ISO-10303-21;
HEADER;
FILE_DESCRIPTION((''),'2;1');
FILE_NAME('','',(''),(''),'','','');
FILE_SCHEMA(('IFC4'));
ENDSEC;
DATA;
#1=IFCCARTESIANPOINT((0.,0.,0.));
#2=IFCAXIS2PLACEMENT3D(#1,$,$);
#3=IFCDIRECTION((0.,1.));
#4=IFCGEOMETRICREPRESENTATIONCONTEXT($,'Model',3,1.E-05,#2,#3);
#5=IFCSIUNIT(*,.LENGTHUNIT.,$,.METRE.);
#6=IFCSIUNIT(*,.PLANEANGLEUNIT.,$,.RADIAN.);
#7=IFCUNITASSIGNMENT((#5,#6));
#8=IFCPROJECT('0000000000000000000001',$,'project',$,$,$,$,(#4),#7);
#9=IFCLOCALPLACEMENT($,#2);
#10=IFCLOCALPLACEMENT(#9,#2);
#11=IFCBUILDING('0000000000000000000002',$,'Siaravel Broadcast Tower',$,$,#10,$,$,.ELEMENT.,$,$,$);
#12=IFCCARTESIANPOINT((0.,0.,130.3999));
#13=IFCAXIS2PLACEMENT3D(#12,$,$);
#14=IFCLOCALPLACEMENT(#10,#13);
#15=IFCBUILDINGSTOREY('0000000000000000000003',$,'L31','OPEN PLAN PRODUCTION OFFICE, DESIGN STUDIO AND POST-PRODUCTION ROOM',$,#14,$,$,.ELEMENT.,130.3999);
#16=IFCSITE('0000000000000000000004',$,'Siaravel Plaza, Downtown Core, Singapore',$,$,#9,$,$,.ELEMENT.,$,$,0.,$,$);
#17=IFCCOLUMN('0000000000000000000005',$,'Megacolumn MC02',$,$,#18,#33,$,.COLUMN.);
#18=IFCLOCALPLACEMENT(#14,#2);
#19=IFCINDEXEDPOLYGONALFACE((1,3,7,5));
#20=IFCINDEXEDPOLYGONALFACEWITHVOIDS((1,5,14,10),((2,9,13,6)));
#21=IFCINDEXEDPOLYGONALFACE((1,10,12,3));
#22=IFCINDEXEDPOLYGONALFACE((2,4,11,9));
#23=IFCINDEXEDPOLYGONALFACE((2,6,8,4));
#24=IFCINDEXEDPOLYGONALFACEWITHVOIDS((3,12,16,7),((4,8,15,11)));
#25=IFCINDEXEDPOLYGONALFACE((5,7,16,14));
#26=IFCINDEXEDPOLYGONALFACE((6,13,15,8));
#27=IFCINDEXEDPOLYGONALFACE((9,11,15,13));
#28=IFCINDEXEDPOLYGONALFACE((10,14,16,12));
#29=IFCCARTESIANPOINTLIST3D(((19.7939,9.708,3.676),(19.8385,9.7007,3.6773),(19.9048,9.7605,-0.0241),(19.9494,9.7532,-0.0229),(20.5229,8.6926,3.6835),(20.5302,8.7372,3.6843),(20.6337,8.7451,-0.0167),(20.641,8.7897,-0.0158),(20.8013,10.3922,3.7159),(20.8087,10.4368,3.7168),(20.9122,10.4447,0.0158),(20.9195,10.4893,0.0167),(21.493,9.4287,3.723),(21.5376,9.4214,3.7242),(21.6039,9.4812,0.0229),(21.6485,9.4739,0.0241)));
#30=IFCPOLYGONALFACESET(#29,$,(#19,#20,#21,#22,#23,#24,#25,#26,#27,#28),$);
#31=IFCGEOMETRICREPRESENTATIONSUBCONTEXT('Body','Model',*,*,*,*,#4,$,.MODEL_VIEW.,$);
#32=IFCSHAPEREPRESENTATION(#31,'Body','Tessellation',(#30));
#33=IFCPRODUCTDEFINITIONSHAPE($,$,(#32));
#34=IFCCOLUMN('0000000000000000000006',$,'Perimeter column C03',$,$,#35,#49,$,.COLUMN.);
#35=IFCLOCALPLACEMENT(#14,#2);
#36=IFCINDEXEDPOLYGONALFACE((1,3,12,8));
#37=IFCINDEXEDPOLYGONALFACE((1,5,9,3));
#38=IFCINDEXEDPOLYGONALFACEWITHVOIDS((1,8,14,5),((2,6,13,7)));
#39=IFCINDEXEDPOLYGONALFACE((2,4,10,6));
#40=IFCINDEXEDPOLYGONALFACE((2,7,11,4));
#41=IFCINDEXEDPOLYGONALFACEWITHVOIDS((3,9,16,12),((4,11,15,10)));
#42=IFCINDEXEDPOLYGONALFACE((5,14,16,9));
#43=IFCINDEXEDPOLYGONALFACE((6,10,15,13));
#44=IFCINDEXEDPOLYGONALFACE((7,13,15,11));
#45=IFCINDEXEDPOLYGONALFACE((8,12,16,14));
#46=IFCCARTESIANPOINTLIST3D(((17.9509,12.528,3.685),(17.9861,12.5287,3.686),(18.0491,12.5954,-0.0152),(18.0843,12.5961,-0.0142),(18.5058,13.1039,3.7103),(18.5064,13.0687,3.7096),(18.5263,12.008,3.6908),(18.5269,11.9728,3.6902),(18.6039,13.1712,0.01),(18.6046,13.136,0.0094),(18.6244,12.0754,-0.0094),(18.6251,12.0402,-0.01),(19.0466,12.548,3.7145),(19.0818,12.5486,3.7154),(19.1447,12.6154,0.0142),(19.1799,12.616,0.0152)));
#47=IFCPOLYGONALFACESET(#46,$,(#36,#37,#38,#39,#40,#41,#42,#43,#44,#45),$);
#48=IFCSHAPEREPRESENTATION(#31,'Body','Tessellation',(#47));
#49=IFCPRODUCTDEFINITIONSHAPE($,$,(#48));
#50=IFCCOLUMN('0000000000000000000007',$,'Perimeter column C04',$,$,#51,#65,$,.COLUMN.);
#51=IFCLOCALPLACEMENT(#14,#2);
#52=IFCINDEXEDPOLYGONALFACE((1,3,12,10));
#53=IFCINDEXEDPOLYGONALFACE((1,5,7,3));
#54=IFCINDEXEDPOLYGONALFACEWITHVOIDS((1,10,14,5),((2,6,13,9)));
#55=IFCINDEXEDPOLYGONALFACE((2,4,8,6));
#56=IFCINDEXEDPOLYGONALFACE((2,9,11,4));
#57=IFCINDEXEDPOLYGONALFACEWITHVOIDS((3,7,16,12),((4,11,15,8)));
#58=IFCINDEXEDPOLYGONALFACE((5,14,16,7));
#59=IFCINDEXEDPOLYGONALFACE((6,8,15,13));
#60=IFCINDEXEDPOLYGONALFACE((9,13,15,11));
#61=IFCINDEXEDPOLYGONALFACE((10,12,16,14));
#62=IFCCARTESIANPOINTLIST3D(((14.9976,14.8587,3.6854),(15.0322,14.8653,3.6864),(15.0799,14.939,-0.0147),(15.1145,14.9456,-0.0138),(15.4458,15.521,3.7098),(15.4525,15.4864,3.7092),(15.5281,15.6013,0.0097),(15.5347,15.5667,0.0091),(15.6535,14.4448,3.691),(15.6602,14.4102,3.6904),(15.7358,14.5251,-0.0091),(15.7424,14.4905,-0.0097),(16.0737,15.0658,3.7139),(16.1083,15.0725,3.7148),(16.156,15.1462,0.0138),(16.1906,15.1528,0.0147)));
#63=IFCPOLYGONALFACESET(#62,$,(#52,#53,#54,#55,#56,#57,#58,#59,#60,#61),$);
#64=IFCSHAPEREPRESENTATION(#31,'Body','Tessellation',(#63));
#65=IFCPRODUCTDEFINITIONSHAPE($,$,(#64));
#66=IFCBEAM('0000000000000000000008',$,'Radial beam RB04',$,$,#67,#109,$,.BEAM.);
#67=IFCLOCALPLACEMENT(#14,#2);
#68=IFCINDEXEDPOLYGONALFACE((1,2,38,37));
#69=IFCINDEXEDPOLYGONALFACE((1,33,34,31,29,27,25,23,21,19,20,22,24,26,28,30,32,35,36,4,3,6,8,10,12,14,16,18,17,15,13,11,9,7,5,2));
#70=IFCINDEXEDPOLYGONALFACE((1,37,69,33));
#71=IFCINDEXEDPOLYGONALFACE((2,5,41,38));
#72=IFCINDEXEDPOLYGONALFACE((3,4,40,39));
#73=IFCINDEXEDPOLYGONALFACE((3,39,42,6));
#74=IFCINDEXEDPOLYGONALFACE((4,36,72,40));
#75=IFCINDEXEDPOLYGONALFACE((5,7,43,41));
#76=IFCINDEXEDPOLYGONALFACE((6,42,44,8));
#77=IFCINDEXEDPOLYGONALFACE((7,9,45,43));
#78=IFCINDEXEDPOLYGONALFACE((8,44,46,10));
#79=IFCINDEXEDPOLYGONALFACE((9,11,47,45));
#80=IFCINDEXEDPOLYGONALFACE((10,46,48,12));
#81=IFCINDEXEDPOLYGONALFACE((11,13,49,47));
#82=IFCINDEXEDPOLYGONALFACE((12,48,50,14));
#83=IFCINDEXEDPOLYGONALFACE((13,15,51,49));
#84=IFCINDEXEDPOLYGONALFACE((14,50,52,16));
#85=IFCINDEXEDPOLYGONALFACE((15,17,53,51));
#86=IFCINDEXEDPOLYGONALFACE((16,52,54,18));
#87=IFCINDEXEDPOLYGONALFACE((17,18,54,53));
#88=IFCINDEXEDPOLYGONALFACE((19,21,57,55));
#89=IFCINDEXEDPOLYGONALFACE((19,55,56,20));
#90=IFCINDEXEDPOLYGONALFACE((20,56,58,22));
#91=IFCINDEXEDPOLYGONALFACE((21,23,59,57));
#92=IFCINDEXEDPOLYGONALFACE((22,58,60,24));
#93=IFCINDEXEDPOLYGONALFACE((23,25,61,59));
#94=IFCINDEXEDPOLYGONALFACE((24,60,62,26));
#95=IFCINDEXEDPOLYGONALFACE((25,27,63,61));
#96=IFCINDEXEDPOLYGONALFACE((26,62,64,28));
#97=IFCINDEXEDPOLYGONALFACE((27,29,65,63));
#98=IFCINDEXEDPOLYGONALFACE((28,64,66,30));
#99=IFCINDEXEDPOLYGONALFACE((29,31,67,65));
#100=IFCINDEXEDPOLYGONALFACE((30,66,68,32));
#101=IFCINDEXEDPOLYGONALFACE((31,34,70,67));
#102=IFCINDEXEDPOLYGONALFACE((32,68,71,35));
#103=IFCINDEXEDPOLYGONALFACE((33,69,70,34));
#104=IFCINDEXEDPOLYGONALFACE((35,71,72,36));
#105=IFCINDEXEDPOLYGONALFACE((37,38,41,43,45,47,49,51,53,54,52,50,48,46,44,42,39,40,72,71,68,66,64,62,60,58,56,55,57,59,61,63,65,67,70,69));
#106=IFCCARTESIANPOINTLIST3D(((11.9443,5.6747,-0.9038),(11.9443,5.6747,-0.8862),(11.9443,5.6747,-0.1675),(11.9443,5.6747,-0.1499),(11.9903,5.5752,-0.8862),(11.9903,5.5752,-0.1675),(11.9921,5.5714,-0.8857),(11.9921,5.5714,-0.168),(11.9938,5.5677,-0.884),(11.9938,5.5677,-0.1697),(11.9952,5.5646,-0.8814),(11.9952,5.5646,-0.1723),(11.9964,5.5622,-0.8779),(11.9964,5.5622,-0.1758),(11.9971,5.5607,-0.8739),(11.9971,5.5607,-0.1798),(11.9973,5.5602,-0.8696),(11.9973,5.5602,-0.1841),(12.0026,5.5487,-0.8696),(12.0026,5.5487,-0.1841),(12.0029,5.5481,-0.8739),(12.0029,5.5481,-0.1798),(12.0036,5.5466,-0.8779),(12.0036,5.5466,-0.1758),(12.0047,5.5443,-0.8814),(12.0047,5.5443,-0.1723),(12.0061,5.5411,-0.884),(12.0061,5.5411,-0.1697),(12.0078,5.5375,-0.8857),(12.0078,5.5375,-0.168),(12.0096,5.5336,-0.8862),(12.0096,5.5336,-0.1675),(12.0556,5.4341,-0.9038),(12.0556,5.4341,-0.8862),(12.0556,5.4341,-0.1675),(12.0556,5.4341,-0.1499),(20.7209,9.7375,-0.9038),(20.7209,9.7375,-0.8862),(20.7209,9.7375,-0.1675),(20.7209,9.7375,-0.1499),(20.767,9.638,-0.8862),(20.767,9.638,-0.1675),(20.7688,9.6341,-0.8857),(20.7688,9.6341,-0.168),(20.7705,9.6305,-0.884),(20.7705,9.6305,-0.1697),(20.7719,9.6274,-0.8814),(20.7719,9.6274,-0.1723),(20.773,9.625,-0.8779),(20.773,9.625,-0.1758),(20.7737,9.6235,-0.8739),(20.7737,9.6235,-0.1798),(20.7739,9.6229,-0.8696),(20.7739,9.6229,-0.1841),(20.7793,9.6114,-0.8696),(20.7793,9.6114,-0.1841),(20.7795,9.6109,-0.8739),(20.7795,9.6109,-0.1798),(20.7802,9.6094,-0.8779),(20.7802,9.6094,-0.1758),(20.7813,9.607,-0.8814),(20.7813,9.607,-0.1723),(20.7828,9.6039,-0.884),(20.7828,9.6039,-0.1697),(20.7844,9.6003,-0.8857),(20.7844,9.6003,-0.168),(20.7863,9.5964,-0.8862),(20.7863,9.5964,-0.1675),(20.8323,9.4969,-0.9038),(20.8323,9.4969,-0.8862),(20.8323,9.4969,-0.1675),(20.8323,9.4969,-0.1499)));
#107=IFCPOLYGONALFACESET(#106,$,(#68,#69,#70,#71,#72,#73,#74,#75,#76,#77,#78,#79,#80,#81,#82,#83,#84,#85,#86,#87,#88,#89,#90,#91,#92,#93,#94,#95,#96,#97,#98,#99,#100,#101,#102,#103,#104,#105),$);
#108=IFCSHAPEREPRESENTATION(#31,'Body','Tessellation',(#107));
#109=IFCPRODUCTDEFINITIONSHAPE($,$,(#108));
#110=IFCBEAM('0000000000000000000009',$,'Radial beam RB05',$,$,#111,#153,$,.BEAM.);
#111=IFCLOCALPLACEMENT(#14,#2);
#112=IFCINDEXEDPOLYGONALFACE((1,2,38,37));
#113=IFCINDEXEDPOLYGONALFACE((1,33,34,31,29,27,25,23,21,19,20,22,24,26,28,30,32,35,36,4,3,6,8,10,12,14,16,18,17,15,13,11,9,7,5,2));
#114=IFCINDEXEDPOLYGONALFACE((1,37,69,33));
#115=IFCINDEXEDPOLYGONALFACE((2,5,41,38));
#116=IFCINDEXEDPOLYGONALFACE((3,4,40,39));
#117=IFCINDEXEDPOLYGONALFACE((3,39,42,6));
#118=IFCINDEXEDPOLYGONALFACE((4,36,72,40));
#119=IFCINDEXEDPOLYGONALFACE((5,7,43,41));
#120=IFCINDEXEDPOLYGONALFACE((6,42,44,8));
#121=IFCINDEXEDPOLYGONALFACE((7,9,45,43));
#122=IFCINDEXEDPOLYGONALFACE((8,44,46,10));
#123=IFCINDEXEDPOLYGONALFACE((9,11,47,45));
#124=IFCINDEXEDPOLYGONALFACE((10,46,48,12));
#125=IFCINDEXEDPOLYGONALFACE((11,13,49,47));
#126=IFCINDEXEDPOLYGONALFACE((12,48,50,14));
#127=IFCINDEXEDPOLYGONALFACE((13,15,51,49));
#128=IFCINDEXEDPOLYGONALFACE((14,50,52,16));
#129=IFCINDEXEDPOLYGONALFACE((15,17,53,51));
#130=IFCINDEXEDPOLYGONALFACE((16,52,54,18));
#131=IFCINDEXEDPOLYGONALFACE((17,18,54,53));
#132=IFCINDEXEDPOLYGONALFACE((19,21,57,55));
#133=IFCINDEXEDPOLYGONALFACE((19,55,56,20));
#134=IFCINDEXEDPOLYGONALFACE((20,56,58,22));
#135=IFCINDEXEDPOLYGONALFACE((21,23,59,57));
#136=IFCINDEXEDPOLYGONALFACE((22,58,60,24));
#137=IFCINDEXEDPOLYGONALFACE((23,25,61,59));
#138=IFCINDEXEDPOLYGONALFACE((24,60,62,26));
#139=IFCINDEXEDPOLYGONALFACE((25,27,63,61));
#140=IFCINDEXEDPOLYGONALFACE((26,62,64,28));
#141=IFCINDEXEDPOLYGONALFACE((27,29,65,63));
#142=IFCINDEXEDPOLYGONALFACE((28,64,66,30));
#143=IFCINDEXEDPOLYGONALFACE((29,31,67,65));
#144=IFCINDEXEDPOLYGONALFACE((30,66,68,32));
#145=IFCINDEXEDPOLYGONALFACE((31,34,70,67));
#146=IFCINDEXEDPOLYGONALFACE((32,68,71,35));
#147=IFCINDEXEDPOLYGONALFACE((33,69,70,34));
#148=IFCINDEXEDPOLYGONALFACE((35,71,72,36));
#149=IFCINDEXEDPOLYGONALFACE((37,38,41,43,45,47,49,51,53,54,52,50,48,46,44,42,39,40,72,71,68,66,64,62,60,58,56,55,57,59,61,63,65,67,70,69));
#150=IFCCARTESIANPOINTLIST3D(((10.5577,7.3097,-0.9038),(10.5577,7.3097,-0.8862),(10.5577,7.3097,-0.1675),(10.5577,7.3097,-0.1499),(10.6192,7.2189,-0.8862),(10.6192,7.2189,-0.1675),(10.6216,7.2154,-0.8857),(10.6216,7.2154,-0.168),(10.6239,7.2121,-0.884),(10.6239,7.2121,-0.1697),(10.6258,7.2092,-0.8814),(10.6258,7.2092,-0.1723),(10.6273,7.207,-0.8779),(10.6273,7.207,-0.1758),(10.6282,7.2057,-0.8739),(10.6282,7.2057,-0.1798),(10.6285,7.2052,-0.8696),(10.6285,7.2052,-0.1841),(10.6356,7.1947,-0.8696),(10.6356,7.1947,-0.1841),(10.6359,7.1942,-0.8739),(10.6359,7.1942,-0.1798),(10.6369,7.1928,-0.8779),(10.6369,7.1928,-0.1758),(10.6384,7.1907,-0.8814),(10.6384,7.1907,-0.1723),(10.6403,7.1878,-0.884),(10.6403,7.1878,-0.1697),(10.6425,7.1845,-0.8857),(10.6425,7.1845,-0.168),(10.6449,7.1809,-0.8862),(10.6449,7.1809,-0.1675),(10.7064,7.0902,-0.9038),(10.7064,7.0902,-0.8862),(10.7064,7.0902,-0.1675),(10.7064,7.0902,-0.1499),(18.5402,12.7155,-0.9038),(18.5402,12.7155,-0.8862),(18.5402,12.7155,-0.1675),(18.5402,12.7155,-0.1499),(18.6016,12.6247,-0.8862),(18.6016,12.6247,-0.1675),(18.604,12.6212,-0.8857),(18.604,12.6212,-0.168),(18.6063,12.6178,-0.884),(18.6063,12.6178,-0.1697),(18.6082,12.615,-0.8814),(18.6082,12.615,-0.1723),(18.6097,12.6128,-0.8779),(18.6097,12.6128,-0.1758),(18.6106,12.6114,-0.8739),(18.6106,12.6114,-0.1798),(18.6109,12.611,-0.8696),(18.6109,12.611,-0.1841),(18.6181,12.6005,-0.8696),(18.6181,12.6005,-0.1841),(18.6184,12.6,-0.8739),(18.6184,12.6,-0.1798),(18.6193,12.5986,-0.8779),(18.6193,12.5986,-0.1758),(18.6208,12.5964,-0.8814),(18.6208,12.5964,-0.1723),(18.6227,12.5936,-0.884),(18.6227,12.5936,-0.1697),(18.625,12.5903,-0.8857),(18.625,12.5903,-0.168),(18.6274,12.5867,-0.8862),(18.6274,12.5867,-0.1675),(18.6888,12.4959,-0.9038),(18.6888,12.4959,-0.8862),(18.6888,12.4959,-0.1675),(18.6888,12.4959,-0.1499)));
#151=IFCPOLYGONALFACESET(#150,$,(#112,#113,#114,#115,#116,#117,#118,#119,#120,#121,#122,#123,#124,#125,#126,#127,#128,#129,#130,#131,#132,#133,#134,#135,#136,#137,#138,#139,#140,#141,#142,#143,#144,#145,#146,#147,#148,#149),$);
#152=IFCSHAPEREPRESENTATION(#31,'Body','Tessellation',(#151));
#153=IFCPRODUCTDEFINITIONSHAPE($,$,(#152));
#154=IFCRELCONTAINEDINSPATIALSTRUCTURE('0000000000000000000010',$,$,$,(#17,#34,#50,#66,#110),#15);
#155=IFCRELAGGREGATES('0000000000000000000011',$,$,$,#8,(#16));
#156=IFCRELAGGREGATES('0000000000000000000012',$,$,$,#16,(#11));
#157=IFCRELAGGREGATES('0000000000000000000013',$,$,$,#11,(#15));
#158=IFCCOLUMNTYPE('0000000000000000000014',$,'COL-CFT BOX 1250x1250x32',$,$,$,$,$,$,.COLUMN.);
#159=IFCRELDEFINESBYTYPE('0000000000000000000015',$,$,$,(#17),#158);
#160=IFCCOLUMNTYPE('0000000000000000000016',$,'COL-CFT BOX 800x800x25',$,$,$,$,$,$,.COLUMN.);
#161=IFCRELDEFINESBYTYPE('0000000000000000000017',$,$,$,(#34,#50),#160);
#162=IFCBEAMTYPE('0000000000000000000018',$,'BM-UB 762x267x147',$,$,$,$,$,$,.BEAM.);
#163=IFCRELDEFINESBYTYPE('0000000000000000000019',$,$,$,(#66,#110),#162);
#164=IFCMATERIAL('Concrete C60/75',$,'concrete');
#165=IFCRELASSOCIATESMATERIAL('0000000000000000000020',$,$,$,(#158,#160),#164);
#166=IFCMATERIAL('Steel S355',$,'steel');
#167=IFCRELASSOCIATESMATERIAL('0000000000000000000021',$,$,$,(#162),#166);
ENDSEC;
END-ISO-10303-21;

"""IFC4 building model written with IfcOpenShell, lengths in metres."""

from ifc_helpers import new_model, si_unit, direction, frame, origin, origin_2d, place, context, subcontext, project, spatial, hollow_rectangle, i_section, extrude, material, material_profile, profile_set, type_object, element, save


model = new_model("IFC4")

# Units and contexts
model_context = context("Model", 3, precision=1e-05, world=origin(), true_north=direction((0.0, 1.0)))
body_context = subcontext(model_context, "Body", "Model", "MODEL_VIEW")
ifc_project = project(units=[si_unit("LENGTHUNIT", "METRE"), si_unit("PLANEANGLEUNIT", "RADIAN")], contexts=[model_context])

# Site, building, storey
site_placement = place(None, origin())
site = spatial("IfcSite", under=ifc_project, at=site_placement, Name="Siaravel Plaza, Downtown Core, Singapore", CompositionType="ELEMENT", RefElevation=0.0)
building_placement = place(site_placement, origin())
building = spatial("IfcBuilding", under=site, at=building_placement, Name="Siaravel Broadcast Tower", CompositionType="ELEMENT")
storey_placement = place(building_placement, frame((0.0, 0.0, 130.3999)))
storey = spatial("IfcBuildingStorey", under=building, at=storey_placement, Name="L31", Description="OPEN PLAN PRODUCTION OFFICE, DESIGN STUDIO AND POST-PRODUCTION ROOM", CompositionType="ELEMENT", Elevation=130.3999)

# Columns
ifc_material_1 = material(Name="Concrete C60/75", Category="concrete")
ifc_material_profile_1 = material_profile(ifc_material_1, hollow_rectangle(XDim=1.25, YDim=1.25, WallThickness=0.032, at=origin_2d()))
ifc_profile_set_1 = profile_set([ifc_material_profile_1], Name="Concrete C60/75")
column_type_1 = type_object("IfcColumnType", Name="COL-CFT BOX 1250x1250x32", PredefinedType="COLUMN", material=ifc_profile_set_1)
column_1_placement = place(storey_placement, frame((20.7766, 9.6172, 0.0), z_axis=(-0.029939, -0.014178, 0.999451), x_axis=(0.583179, -0.812322, 0.005946)))
element("IfcColumn", 1, at=column_1_placement, inside=storey, type_object=column_type_1, Name="Megacolumn MC02", PredefinedType="COLUMN", context=body_context, shape_type="SweptSolid", body=[
    extrude(hollow_rectangle(XDim=1.25, YDim=1.25, WallThickness=0.032, at=origin_2d()), origin(), (0.0, 0.0, 1.0), 3.7021),
])
ifc_material_profile_2 = material_profile(ifc_material_1, hollow_rectangle(XDim=0.8, YDim=0.8, WallThickness=0.0249, at=origin_2d()))
ifc_profile_set_2 = profile_set([ifc_material_profile_2], Name="Concrete C60/75")
column_type_2 = type_object("IfcColumnType", Name="COL-CFT BOX 800x800x25", PredefinedType="COLUMN", material=ifc_profile_set_2)
column_2_placement = place(storey_placement, frame((18.6145, 12.6057, 0.0), z_axis=(-0.02651, -0.018201, 0.999483), x_axis=(0.719947, -0.693998, 0.006458)))
element("IfcColumn", 2, at=column_2_placement, inside=storey, type_object=column_type_2, Name="Perimeter column C03", PredefinedType="COLUMN", context=body_context, shape_type="SweptSolid", body=[
    extrude(hollow_rectangle(XDim=0.8, YDim=0.8, WallThickness=0.0249, at=origin_2d()), origin(), (0.0, 0.0, 1.0), 3.7021),
])
column_3_placement = place(storey_placement, frame((15.6353, 15.0459, 0.0), z_axis=(-0.022225, -0.021697, 0.999518), x_axis=(0.828097, -0.560551, 0.006245)))
element("IfcColumn", 3, at=column_3_placement, inside=storey, type_object=column_type_2, Name="Perimeter column C04", PredefinedType="COLUMN", context=body_context, shape_type="SweptSolid", body=[
    extrude(hollow_rectangle(XDim=0.8, YDim=0.8, WallThickness=0.0249, at=origin_2d()), origin(), (0.0, 0.0, 1.0), 3.7019),
])

# Beams
ifc_material_2 = material(Name="Steel S355", Category="steel")
ifc_material_profile_3 = material_profile(ifc_material_2, i_section(OverallWidth=0.2651, OverallDepth=0.7539, WebThickness=0.0127, FlangeThickness=0.0176, FilletRadius=0.0166, at=origin_2d()))
ifc_profile_set_3 = profile_set([ifc_material_profile_3], Name="Steel S355")
beam_type = type_object("IfcBeamType", Name="BM-UB 762x267x147", PredefinedType="BEAM", material=ifc_profile_set_3)
beam_1_placement = place(storey_placement, frame((20.7766, 9.6172, -0.5269), z_axis=(-0.907487, -0.420081, 0.0), x_axis=(0.420081, -0.907487, 0.0)))
element("IfcBeam", 4, at=beam_1_placement, inside=storey, type_object=beam_type, Name="Radial beam RB04", PredefinedType="BEAM", context=body_context, shape_type="SweptSolid", body=[
    extrude(i_section(OverallWidth=0.2651, OverallDepth=0.7539, WebThickness=0.0127, FlangeThickness=0.0176, FilletRadius=0.0166, at=origin_2d()), origin(), (0.0, 0.0, 1.0), 9.6714),
])
beam_2_placement = place(storey_placement, frame((18.6145, 12.6057, -0.5269), z_axis=(-0.828, -0.560728, 0.0), x_axis=(0.560728, -0.828, 0.0)))
element("IfcBeam", 5, at=beam_2_placement, inside=storey, type_object=beam_type, Name="Radial beam RB05", PredefinedType="BEAM", context=body_context, shape_type="SweptSolid", body=[
    extrude(i_section(OverallWidth=0.2651, OverallDepth=0.7539, WebThickness=0.0127, FlangeThickness=0.0176, FilletRadius=0.0166, at=origin_2d()), origin(), (0.0, 0.0, 1.0), 9.6406),
])

save(model, "model.ifc")
